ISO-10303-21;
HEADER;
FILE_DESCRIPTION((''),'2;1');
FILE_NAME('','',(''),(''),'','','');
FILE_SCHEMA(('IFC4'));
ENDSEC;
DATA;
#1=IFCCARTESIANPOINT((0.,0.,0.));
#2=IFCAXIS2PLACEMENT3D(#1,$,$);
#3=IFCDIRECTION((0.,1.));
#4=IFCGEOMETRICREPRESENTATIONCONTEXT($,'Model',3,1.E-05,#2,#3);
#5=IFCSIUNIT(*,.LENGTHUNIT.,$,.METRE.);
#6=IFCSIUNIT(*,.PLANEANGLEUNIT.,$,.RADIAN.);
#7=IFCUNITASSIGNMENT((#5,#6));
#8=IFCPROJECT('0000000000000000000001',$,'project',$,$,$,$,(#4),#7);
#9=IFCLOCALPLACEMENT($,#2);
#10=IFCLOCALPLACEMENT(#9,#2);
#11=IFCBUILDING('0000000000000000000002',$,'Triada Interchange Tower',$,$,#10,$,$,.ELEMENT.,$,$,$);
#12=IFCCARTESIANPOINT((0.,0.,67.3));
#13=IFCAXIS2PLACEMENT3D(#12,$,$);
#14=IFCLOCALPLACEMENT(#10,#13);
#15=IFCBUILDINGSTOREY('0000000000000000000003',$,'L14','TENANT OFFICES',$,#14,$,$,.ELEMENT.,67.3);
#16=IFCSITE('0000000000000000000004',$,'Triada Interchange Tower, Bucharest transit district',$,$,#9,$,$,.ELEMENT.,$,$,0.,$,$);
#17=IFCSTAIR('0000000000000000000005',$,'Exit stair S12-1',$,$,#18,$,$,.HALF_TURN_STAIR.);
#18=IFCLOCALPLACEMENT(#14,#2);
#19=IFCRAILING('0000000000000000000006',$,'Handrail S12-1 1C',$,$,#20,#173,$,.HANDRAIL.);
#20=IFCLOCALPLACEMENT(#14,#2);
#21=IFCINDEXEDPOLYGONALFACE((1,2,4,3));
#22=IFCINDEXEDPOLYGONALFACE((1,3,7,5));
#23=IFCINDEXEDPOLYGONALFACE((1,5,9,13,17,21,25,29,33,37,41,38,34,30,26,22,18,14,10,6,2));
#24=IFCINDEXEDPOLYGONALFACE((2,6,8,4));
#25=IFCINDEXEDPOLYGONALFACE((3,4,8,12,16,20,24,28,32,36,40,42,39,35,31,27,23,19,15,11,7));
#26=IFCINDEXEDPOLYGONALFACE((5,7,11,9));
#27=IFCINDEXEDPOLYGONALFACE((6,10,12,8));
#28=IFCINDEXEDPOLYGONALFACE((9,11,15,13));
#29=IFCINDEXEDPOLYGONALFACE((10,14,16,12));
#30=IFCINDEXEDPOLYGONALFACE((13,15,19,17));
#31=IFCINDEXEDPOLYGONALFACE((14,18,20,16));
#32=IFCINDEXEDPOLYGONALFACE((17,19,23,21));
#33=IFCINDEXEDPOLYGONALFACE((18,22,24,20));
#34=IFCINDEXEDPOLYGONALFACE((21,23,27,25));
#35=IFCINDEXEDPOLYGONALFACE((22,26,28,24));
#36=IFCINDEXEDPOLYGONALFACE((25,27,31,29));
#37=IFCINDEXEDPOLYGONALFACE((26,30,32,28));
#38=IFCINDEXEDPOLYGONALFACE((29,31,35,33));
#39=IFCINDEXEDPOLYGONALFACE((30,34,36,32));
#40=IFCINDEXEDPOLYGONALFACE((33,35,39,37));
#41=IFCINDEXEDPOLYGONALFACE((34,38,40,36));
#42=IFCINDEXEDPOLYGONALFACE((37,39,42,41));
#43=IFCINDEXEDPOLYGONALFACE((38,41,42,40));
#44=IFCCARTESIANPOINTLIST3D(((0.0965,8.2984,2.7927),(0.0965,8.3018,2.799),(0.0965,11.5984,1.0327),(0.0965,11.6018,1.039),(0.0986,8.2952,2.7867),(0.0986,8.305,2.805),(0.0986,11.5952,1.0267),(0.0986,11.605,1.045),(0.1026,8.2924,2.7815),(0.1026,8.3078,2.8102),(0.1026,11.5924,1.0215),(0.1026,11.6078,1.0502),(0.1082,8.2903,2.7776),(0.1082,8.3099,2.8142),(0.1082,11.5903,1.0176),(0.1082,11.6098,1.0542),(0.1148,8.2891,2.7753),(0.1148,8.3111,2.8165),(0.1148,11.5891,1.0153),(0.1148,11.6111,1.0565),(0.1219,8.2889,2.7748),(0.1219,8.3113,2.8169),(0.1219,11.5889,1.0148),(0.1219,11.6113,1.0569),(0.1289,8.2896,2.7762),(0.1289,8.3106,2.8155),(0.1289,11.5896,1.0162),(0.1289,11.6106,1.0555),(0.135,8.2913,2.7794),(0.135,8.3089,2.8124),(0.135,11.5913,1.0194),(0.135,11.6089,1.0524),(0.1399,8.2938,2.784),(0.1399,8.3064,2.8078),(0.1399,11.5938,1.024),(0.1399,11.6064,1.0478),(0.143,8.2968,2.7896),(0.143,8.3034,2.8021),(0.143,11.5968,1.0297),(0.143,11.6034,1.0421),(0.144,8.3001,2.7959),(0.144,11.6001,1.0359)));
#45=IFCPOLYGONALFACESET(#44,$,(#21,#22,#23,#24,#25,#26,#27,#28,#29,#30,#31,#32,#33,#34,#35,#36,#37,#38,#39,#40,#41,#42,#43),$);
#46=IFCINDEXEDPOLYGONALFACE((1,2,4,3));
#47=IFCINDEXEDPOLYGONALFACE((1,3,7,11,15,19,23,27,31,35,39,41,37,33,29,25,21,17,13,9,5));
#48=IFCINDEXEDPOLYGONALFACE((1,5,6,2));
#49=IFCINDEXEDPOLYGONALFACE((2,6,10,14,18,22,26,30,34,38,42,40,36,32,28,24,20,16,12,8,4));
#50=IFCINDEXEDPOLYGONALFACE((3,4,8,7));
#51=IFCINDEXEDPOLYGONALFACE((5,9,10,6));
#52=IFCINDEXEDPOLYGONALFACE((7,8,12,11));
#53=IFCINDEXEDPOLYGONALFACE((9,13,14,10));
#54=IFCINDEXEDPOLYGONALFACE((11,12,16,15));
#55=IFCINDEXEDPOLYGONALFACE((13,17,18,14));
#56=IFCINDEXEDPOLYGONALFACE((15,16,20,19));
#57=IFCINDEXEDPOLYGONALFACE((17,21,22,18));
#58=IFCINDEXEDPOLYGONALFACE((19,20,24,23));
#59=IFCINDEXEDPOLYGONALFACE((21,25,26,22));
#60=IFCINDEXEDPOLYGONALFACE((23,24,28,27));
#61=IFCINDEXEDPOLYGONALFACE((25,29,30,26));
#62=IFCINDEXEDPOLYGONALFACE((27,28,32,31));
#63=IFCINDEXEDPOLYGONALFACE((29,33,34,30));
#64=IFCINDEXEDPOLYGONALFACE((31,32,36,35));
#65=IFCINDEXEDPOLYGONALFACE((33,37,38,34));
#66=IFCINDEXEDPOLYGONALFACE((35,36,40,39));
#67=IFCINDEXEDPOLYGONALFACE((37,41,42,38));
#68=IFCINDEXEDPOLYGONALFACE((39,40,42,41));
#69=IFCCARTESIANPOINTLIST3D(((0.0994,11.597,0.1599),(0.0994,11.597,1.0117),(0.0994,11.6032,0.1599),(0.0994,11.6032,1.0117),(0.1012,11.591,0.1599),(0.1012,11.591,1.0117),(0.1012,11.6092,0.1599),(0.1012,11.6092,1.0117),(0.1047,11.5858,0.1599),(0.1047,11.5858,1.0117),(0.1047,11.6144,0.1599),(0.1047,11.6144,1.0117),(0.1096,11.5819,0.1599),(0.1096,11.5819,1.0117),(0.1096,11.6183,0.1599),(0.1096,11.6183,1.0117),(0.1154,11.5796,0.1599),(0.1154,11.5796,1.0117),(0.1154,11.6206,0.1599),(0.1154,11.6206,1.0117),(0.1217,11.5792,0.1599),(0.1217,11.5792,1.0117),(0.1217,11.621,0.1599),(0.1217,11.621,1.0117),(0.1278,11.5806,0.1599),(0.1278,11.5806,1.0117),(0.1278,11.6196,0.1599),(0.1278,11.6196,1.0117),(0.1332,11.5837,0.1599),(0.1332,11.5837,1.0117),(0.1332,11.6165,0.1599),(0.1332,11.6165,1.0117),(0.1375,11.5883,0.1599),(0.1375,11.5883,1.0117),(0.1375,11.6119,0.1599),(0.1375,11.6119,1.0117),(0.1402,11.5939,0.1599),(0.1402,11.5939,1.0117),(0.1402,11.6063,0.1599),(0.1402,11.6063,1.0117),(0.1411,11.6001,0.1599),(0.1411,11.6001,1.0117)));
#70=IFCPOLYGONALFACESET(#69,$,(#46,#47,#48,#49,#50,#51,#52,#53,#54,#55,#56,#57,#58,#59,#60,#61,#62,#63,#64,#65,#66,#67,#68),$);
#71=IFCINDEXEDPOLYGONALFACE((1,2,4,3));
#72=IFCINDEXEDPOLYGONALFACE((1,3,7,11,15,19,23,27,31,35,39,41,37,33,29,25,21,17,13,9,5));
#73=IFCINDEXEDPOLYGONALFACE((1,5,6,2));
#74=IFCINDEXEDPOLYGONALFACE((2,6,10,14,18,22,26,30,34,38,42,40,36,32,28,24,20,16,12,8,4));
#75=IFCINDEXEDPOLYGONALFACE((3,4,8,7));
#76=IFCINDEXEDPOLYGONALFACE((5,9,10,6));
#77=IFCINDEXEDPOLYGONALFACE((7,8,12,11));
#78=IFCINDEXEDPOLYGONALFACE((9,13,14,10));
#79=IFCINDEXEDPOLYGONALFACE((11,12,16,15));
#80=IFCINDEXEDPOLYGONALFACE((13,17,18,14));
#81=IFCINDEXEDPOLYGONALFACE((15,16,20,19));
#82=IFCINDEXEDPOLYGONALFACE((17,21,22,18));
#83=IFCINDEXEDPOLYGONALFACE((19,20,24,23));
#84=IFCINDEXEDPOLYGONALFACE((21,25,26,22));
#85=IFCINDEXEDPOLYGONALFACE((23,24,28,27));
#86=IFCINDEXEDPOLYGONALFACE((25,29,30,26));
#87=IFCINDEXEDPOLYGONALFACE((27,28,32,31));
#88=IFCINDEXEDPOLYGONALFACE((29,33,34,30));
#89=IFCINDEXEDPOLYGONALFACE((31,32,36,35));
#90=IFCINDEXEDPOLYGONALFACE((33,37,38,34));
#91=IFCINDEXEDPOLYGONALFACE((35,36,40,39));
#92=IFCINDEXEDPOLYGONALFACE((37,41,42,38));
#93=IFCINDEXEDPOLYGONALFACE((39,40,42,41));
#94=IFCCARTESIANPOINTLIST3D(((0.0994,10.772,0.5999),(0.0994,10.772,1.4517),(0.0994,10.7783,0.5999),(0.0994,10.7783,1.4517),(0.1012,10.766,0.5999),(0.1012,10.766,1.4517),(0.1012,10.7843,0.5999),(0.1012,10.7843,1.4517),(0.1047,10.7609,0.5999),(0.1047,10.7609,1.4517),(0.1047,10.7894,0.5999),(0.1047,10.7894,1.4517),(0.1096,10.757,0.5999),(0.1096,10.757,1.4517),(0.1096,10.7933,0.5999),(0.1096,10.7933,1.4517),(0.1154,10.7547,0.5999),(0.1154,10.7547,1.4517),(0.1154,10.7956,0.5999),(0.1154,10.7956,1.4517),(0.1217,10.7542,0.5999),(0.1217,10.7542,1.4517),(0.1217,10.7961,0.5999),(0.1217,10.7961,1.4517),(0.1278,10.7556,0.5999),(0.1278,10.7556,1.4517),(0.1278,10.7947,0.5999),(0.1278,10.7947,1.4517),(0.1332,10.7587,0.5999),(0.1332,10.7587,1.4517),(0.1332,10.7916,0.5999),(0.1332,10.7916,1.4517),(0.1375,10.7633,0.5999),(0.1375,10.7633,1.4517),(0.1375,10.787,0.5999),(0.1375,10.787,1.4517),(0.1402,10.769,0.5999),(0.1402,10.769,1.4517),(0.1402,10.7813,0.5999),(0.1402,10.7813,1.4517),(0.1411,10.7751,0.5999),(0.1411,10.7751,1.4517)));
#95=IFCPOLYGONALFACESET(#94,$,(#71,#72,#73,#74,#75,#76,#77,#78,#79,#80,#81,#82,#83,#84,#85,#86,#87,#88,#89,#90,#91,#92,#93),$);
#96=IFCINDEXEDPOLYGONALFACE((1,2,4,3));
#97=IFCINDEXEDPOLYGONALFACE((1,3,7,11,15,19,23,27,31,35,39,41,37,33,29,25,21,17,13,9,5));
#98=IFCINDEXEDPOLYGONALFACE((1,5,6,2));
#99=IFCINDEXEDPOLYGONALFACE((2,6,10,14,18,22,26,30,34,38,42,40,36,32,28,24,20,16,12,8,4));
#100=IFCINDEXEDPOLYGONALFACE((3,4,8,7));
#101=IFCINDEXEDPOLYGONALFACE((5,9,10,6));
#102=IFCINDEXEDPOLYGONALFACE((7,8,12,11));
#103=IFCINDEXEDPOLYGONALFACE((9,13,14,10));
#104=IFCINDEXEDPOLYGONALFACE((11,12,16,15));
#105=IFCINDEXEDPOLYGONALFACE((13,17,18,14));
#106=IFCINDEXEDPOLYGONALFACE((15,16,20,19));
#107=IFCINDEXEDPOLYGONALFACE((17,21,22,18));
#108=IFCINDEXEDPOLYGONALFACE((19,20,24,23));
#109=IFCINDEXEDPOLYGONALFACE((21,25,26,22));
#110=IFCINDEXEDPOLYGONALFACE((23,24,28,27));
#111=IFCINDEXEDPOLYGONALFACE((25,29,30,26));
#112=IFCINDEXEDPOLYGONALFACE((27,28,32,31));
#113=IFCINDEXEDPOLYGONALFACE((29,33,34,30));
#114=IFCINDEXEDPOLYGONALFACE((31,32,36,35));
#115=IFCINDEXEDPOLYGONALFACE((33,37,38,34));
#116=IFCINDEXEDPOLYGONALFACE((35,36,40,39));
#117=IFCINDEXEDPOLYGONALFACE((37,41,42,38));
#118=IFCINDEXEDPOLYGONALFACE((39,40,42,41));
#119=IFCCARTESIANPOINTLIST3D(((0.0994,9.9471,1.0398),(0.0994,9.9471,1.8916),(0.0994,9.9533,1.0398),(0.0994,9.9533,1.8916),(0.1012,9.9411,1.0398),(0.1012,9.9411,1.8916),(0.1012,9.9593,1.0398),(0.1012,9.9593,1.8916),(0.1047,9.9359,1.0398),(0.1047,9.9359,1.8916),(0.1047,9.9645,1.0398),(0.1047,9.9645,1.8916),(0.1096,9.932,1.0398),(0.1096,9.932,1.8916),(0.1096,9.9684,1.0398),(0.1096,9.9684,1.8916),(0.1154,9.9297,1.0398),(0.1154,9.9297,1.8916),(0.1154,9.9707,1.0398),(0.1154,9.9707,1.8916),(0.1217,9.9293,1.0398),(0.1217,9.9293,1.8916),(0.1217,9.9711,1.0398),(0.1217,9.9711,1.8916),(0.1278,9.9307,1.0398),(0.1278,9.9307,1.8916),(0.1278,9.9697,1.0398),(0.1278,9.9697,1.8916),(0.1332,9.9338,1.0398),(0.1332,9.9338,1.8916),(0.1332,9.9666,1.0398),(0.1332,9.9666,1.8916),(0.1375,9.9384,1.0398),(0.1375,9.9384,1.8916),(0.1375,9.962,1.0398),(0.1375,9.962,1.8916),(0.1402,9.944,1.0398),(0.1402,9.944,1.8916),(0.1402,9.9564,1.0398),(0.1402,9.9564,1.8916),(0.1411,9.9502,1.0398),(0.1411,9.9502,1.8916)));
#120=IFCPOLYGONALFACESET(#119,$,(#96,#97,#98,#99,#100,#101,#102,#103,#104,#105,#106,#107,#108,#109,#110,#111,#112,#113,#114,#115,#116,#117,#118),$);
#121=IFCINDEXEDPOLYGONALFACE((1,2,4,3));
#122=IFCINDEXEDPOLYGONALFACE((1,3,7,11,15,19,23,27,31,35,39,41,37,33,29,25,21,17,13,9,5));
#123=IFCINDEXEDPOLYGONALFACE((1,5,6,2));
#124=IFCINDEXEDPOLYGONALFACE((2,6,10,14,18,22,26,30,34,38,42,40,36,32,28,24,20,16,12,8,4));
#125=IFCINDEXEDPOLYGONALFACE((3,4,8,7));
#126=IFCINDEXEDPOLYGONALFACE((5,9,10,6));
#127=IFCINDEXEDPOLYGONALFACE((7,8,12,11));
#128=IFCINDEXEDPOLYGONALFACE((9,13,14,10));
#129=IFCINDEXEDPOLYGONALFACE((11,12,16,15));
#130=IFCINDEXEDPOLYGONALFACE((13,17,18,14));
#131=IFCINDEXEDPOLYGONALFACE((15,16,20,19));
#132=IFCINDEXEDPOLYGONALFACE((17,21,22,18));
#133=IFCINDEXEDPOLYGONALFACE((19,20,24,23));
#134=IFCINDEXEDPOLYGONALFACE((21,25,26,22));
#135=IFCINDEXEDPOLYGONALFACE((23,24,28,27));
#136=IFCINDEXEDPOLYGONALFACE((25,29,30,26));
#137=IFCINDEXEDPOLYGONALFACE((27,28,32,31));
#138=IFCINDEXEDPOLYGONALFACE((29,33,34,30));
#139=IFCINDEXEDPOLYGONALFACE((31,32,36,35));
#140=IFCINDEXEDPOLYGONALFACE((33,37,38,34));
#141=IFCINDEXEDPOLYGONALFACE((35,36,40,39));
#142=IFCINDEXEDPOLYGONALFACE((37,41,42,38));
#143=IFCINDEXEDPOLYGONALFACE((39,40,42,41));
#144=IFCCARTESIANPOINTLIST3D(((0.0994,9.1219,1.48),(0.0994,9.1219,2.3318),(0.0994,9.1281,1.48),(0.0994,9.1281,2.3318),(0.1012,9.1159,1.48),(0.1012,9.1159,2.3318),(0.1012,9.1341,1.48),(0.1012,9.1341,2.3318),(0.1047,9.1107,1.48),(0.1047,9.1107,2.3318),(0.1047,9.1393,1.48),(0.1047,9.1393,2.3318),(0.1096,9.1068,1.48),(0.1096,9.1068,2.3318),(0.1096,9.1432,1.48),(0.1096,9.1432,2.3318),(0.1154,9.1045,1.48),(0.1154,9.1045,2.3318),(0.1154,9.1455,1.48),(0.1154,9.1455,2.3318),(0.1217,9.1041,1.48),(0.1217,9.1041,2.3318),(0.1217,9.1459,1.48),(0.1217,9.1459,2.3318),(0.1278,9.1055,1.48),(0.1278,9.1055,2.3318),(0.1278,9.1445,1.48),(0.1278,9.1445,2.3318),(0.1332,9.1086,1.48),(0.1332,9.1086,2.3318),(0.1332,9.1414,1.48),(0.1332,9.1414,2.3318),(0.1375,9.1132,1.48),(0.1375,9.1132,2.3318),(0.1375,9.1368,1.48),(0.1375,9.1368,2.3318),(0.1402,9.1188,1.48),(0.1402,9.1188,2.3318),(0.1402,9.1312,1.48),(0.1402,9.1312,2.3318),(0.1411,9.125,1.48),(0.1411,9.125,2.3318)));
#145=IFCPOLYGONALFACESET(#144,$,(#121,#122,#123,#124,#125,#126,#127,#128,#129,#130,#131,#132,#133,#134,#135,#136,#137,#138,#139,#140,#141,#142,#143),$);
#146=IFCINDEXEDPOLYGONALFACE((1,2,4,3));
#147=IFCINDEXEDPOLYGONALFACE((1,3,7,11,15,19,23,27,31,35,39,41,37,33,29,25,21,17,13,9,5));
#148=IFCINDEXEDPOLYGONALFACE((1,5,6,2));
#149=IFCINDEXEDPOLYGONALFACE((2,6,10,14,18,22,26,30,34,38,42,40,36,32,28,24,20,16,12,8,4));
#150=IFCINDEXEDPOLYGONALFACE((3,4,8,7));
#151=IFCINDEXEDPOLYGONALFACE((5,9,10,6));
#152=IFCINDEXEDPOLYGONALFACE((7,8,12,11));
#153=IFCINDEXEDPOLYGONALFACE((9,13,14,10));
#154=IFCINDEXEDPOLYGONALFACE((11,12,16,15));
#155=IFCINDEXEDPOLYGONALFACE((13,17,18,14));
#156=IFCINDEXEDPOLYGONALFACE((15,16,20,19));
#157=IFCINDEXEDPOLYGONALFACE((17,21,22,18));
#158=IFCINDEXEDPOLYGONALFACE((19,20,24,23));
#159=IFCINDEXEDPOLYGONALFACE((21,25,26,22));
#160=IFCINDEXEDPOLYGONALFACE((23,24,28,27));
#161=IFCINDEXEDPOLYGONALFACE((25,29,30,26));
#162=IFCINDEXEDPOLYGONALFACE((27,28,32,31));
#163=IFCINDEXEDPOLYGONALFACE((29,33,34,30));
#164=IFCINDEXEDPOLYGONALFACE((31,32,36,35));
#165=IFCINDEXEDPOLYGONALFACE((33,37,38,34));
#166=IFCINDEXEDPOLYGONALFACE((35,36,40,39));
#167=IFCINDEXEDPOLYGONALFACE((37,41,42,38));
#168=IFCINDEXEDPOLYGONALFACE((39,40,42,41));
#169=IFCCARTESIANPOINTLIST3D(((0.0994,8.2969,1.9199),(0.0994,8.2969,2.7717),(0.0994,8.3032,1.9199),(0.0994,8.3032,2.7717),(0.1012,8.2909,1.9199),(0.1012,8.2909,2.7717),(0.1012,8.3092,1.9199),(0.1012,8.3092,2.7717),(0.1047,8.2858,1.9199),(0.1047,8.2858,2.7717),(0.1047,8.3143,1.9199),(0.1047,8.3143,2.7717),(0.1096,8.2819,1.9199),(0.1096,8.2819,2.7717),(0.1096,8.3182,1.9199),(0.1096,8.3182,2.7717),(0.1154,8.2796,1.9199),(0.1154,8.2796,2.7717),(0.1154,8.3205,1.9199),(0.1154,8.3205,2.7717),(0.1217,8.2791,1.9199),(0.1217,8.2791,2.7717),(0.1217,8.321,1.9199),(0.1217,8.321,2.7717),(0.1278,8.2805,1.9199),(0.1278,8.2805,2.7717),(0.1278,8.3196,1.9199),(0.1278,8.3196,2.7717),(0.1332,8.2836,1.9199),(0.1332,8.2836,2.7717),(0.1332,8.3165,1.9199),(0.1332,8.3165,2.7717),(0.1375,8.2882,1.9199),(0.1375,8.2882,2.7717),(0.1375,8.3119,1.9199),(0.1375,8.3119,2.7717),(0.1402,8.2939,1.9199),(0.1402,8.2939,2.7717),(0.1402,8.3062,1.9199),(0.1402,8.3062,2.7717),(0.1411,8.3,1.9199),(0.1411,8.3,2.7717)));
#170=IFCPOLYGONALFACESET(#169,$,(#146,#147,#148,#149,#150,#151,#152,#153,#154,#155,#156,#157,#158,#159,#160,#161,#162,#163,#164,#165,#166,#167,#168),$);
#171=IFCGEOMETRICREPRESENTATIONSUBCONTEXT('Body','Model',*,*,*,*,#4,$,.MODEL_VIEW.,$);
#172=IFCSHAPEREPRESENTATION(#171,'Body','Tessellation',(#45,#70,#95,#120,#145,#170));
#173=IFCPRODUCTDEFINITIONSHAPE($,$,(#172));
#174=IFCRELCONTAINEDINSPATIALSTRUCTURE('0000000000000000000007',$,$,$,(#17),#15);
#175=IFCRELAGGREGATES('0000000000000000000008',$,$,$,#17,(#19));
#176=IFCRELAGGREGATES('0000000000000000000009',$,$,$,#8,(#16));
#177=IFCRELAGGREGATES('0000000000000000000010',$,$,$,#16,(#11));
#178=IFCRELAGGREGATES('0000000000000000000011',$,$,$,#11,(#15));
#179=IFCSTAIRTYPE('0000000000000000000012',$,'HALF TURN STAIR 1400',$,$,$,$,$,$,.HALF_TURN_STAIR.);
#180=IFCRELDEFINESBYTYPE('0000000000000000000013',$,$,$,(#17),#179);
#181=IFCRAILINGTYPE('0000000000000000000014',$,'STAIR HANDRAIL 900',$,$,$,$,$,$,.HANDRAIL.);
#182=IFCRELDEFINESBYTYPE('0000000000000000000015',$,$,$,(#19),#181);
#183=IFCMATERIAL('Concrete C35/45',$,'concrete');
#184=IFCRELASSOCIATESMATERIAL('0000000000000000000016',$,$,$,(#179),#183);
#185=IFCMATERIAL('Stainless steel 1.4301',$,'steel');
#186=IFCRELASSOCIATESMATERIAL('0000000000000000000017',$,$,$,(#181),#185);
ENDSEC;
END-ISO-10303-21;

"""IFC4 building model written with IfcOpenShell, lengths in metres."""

from ifc_helpers import new_model, si_unit, direction, frame, origin, origin_2d, place, context, subcontext, project, spatial, circle, extrude, material, type_object, element, aggregate, save


model = new_model("IFC4")

# Units and contexts
model_context = context("Model", 3, precision=1e-05, world=origin(), true_north=direction((0.0, 1.0)))
body_context = subcontext(model_context, "Body", "Model", "MODEL_VIEW")
ifc_project = project(units=[si_unit("LENGTHUNIT", "METRE"), si_unit("PLANEANGLEUNIT", "RADIAN")], contexts=[model_context])

# Site, building, storey
site_placement = place(None, origin())
site = spatial("IfcSite", under=ifc_project, at=site_placement, Name="Triada Interchange Tower, Bucharest transit district", CompositionType="ELEMENT", RefElevation=0.0)
building_placement = place(site_placement, origin())
building = spatial("IfcBuilding", under=site, at=building_placement, Name="Triada Interchange Tower", CompositionType="ELEMENT")
storey_placement = place(building_placement, frame((0.0, 0.0, 67.3)))
storey = spatial("IfcBuildingStorey", under=building, at=storey_placement, Name="L14", Description="TENANT OFFICES", CompositionType="ELEMENT", Elevation=67.3)

# Stair
ifc_material_1 = material(Name="Concrete C35/45", Category="concrete")
stair_type = type_object("IfcStairType", Name="HALF TURN STAIR 1400", PredefinedType="HALF_TURN_STAIR", material=ifc_material_1)
stair_1_placement = place(storey_placement, origin())
stair_1 = element("IfcStair", 1, at=stair_1_placement, inside=storey, type_object=stair_type, Name="Exit stair S12-1", PredefinedType="HALF_TURN_STAIR")

# Railing
ifc_material_2 = material(Name="Stainless steel 1.4301", Category="steel")
railing_type = type_object("IfcRailingType", Name="STAIR HANDRAIL 900", PredefinedType="HANDRAIL", material=ifc_material_2)
railing_1_placement = place(storey_placement, frame((0.1201, 11.6001, 0.1599)))
railing_1 = element("IfcRailing", 2, at=railing_1_placement, type_object=railing_type, Name="Handrail S12-1 1C", PredefinedType="HANDRAIL", context=body_context, shape_type="SweptSolid", body=[
    extrude(circle(Radius=0.0239, at=origin_2d()), frame((0.0, 0.0, 0.876), z_axis=(0.0, -0.882355, 0.470585), x_axis=(1.0, 0.0, 0.0)), (0.0, 0.0, 1.0), 3.74),
    extrude(circle(Radius=0.021, at=origin_2d()), origin(), (0.0, 0.0, 1.0), 0.8518),
    extrude(circle(Radius=0.021, at=origin_2d()), frame((0.0, -0.825, 0.4399)), (0.0, 0.0, 1.0), 0.8518),
    extrude(circle(Radius=0.021, at=origin_2d()), frame((0.0, -1.6499, 0.8799)), (0.0, 0.0, 1.0), 0.8518),
    extrude(circle(Radius=0.021, at=origin_2d()), frame((0.0, -2.4751, 1.3201)), (0.0, 0.0, 1.0), 0.8518),
    extrude(circle(Radius=0.021, at=origin_2d()), frame((0.0, -3.3, 1.76)), (0.0, 0.0, 1.0), 0.8518),
])
aggregate(stair_1, [railing_1])

save(model, "model.ifc")
